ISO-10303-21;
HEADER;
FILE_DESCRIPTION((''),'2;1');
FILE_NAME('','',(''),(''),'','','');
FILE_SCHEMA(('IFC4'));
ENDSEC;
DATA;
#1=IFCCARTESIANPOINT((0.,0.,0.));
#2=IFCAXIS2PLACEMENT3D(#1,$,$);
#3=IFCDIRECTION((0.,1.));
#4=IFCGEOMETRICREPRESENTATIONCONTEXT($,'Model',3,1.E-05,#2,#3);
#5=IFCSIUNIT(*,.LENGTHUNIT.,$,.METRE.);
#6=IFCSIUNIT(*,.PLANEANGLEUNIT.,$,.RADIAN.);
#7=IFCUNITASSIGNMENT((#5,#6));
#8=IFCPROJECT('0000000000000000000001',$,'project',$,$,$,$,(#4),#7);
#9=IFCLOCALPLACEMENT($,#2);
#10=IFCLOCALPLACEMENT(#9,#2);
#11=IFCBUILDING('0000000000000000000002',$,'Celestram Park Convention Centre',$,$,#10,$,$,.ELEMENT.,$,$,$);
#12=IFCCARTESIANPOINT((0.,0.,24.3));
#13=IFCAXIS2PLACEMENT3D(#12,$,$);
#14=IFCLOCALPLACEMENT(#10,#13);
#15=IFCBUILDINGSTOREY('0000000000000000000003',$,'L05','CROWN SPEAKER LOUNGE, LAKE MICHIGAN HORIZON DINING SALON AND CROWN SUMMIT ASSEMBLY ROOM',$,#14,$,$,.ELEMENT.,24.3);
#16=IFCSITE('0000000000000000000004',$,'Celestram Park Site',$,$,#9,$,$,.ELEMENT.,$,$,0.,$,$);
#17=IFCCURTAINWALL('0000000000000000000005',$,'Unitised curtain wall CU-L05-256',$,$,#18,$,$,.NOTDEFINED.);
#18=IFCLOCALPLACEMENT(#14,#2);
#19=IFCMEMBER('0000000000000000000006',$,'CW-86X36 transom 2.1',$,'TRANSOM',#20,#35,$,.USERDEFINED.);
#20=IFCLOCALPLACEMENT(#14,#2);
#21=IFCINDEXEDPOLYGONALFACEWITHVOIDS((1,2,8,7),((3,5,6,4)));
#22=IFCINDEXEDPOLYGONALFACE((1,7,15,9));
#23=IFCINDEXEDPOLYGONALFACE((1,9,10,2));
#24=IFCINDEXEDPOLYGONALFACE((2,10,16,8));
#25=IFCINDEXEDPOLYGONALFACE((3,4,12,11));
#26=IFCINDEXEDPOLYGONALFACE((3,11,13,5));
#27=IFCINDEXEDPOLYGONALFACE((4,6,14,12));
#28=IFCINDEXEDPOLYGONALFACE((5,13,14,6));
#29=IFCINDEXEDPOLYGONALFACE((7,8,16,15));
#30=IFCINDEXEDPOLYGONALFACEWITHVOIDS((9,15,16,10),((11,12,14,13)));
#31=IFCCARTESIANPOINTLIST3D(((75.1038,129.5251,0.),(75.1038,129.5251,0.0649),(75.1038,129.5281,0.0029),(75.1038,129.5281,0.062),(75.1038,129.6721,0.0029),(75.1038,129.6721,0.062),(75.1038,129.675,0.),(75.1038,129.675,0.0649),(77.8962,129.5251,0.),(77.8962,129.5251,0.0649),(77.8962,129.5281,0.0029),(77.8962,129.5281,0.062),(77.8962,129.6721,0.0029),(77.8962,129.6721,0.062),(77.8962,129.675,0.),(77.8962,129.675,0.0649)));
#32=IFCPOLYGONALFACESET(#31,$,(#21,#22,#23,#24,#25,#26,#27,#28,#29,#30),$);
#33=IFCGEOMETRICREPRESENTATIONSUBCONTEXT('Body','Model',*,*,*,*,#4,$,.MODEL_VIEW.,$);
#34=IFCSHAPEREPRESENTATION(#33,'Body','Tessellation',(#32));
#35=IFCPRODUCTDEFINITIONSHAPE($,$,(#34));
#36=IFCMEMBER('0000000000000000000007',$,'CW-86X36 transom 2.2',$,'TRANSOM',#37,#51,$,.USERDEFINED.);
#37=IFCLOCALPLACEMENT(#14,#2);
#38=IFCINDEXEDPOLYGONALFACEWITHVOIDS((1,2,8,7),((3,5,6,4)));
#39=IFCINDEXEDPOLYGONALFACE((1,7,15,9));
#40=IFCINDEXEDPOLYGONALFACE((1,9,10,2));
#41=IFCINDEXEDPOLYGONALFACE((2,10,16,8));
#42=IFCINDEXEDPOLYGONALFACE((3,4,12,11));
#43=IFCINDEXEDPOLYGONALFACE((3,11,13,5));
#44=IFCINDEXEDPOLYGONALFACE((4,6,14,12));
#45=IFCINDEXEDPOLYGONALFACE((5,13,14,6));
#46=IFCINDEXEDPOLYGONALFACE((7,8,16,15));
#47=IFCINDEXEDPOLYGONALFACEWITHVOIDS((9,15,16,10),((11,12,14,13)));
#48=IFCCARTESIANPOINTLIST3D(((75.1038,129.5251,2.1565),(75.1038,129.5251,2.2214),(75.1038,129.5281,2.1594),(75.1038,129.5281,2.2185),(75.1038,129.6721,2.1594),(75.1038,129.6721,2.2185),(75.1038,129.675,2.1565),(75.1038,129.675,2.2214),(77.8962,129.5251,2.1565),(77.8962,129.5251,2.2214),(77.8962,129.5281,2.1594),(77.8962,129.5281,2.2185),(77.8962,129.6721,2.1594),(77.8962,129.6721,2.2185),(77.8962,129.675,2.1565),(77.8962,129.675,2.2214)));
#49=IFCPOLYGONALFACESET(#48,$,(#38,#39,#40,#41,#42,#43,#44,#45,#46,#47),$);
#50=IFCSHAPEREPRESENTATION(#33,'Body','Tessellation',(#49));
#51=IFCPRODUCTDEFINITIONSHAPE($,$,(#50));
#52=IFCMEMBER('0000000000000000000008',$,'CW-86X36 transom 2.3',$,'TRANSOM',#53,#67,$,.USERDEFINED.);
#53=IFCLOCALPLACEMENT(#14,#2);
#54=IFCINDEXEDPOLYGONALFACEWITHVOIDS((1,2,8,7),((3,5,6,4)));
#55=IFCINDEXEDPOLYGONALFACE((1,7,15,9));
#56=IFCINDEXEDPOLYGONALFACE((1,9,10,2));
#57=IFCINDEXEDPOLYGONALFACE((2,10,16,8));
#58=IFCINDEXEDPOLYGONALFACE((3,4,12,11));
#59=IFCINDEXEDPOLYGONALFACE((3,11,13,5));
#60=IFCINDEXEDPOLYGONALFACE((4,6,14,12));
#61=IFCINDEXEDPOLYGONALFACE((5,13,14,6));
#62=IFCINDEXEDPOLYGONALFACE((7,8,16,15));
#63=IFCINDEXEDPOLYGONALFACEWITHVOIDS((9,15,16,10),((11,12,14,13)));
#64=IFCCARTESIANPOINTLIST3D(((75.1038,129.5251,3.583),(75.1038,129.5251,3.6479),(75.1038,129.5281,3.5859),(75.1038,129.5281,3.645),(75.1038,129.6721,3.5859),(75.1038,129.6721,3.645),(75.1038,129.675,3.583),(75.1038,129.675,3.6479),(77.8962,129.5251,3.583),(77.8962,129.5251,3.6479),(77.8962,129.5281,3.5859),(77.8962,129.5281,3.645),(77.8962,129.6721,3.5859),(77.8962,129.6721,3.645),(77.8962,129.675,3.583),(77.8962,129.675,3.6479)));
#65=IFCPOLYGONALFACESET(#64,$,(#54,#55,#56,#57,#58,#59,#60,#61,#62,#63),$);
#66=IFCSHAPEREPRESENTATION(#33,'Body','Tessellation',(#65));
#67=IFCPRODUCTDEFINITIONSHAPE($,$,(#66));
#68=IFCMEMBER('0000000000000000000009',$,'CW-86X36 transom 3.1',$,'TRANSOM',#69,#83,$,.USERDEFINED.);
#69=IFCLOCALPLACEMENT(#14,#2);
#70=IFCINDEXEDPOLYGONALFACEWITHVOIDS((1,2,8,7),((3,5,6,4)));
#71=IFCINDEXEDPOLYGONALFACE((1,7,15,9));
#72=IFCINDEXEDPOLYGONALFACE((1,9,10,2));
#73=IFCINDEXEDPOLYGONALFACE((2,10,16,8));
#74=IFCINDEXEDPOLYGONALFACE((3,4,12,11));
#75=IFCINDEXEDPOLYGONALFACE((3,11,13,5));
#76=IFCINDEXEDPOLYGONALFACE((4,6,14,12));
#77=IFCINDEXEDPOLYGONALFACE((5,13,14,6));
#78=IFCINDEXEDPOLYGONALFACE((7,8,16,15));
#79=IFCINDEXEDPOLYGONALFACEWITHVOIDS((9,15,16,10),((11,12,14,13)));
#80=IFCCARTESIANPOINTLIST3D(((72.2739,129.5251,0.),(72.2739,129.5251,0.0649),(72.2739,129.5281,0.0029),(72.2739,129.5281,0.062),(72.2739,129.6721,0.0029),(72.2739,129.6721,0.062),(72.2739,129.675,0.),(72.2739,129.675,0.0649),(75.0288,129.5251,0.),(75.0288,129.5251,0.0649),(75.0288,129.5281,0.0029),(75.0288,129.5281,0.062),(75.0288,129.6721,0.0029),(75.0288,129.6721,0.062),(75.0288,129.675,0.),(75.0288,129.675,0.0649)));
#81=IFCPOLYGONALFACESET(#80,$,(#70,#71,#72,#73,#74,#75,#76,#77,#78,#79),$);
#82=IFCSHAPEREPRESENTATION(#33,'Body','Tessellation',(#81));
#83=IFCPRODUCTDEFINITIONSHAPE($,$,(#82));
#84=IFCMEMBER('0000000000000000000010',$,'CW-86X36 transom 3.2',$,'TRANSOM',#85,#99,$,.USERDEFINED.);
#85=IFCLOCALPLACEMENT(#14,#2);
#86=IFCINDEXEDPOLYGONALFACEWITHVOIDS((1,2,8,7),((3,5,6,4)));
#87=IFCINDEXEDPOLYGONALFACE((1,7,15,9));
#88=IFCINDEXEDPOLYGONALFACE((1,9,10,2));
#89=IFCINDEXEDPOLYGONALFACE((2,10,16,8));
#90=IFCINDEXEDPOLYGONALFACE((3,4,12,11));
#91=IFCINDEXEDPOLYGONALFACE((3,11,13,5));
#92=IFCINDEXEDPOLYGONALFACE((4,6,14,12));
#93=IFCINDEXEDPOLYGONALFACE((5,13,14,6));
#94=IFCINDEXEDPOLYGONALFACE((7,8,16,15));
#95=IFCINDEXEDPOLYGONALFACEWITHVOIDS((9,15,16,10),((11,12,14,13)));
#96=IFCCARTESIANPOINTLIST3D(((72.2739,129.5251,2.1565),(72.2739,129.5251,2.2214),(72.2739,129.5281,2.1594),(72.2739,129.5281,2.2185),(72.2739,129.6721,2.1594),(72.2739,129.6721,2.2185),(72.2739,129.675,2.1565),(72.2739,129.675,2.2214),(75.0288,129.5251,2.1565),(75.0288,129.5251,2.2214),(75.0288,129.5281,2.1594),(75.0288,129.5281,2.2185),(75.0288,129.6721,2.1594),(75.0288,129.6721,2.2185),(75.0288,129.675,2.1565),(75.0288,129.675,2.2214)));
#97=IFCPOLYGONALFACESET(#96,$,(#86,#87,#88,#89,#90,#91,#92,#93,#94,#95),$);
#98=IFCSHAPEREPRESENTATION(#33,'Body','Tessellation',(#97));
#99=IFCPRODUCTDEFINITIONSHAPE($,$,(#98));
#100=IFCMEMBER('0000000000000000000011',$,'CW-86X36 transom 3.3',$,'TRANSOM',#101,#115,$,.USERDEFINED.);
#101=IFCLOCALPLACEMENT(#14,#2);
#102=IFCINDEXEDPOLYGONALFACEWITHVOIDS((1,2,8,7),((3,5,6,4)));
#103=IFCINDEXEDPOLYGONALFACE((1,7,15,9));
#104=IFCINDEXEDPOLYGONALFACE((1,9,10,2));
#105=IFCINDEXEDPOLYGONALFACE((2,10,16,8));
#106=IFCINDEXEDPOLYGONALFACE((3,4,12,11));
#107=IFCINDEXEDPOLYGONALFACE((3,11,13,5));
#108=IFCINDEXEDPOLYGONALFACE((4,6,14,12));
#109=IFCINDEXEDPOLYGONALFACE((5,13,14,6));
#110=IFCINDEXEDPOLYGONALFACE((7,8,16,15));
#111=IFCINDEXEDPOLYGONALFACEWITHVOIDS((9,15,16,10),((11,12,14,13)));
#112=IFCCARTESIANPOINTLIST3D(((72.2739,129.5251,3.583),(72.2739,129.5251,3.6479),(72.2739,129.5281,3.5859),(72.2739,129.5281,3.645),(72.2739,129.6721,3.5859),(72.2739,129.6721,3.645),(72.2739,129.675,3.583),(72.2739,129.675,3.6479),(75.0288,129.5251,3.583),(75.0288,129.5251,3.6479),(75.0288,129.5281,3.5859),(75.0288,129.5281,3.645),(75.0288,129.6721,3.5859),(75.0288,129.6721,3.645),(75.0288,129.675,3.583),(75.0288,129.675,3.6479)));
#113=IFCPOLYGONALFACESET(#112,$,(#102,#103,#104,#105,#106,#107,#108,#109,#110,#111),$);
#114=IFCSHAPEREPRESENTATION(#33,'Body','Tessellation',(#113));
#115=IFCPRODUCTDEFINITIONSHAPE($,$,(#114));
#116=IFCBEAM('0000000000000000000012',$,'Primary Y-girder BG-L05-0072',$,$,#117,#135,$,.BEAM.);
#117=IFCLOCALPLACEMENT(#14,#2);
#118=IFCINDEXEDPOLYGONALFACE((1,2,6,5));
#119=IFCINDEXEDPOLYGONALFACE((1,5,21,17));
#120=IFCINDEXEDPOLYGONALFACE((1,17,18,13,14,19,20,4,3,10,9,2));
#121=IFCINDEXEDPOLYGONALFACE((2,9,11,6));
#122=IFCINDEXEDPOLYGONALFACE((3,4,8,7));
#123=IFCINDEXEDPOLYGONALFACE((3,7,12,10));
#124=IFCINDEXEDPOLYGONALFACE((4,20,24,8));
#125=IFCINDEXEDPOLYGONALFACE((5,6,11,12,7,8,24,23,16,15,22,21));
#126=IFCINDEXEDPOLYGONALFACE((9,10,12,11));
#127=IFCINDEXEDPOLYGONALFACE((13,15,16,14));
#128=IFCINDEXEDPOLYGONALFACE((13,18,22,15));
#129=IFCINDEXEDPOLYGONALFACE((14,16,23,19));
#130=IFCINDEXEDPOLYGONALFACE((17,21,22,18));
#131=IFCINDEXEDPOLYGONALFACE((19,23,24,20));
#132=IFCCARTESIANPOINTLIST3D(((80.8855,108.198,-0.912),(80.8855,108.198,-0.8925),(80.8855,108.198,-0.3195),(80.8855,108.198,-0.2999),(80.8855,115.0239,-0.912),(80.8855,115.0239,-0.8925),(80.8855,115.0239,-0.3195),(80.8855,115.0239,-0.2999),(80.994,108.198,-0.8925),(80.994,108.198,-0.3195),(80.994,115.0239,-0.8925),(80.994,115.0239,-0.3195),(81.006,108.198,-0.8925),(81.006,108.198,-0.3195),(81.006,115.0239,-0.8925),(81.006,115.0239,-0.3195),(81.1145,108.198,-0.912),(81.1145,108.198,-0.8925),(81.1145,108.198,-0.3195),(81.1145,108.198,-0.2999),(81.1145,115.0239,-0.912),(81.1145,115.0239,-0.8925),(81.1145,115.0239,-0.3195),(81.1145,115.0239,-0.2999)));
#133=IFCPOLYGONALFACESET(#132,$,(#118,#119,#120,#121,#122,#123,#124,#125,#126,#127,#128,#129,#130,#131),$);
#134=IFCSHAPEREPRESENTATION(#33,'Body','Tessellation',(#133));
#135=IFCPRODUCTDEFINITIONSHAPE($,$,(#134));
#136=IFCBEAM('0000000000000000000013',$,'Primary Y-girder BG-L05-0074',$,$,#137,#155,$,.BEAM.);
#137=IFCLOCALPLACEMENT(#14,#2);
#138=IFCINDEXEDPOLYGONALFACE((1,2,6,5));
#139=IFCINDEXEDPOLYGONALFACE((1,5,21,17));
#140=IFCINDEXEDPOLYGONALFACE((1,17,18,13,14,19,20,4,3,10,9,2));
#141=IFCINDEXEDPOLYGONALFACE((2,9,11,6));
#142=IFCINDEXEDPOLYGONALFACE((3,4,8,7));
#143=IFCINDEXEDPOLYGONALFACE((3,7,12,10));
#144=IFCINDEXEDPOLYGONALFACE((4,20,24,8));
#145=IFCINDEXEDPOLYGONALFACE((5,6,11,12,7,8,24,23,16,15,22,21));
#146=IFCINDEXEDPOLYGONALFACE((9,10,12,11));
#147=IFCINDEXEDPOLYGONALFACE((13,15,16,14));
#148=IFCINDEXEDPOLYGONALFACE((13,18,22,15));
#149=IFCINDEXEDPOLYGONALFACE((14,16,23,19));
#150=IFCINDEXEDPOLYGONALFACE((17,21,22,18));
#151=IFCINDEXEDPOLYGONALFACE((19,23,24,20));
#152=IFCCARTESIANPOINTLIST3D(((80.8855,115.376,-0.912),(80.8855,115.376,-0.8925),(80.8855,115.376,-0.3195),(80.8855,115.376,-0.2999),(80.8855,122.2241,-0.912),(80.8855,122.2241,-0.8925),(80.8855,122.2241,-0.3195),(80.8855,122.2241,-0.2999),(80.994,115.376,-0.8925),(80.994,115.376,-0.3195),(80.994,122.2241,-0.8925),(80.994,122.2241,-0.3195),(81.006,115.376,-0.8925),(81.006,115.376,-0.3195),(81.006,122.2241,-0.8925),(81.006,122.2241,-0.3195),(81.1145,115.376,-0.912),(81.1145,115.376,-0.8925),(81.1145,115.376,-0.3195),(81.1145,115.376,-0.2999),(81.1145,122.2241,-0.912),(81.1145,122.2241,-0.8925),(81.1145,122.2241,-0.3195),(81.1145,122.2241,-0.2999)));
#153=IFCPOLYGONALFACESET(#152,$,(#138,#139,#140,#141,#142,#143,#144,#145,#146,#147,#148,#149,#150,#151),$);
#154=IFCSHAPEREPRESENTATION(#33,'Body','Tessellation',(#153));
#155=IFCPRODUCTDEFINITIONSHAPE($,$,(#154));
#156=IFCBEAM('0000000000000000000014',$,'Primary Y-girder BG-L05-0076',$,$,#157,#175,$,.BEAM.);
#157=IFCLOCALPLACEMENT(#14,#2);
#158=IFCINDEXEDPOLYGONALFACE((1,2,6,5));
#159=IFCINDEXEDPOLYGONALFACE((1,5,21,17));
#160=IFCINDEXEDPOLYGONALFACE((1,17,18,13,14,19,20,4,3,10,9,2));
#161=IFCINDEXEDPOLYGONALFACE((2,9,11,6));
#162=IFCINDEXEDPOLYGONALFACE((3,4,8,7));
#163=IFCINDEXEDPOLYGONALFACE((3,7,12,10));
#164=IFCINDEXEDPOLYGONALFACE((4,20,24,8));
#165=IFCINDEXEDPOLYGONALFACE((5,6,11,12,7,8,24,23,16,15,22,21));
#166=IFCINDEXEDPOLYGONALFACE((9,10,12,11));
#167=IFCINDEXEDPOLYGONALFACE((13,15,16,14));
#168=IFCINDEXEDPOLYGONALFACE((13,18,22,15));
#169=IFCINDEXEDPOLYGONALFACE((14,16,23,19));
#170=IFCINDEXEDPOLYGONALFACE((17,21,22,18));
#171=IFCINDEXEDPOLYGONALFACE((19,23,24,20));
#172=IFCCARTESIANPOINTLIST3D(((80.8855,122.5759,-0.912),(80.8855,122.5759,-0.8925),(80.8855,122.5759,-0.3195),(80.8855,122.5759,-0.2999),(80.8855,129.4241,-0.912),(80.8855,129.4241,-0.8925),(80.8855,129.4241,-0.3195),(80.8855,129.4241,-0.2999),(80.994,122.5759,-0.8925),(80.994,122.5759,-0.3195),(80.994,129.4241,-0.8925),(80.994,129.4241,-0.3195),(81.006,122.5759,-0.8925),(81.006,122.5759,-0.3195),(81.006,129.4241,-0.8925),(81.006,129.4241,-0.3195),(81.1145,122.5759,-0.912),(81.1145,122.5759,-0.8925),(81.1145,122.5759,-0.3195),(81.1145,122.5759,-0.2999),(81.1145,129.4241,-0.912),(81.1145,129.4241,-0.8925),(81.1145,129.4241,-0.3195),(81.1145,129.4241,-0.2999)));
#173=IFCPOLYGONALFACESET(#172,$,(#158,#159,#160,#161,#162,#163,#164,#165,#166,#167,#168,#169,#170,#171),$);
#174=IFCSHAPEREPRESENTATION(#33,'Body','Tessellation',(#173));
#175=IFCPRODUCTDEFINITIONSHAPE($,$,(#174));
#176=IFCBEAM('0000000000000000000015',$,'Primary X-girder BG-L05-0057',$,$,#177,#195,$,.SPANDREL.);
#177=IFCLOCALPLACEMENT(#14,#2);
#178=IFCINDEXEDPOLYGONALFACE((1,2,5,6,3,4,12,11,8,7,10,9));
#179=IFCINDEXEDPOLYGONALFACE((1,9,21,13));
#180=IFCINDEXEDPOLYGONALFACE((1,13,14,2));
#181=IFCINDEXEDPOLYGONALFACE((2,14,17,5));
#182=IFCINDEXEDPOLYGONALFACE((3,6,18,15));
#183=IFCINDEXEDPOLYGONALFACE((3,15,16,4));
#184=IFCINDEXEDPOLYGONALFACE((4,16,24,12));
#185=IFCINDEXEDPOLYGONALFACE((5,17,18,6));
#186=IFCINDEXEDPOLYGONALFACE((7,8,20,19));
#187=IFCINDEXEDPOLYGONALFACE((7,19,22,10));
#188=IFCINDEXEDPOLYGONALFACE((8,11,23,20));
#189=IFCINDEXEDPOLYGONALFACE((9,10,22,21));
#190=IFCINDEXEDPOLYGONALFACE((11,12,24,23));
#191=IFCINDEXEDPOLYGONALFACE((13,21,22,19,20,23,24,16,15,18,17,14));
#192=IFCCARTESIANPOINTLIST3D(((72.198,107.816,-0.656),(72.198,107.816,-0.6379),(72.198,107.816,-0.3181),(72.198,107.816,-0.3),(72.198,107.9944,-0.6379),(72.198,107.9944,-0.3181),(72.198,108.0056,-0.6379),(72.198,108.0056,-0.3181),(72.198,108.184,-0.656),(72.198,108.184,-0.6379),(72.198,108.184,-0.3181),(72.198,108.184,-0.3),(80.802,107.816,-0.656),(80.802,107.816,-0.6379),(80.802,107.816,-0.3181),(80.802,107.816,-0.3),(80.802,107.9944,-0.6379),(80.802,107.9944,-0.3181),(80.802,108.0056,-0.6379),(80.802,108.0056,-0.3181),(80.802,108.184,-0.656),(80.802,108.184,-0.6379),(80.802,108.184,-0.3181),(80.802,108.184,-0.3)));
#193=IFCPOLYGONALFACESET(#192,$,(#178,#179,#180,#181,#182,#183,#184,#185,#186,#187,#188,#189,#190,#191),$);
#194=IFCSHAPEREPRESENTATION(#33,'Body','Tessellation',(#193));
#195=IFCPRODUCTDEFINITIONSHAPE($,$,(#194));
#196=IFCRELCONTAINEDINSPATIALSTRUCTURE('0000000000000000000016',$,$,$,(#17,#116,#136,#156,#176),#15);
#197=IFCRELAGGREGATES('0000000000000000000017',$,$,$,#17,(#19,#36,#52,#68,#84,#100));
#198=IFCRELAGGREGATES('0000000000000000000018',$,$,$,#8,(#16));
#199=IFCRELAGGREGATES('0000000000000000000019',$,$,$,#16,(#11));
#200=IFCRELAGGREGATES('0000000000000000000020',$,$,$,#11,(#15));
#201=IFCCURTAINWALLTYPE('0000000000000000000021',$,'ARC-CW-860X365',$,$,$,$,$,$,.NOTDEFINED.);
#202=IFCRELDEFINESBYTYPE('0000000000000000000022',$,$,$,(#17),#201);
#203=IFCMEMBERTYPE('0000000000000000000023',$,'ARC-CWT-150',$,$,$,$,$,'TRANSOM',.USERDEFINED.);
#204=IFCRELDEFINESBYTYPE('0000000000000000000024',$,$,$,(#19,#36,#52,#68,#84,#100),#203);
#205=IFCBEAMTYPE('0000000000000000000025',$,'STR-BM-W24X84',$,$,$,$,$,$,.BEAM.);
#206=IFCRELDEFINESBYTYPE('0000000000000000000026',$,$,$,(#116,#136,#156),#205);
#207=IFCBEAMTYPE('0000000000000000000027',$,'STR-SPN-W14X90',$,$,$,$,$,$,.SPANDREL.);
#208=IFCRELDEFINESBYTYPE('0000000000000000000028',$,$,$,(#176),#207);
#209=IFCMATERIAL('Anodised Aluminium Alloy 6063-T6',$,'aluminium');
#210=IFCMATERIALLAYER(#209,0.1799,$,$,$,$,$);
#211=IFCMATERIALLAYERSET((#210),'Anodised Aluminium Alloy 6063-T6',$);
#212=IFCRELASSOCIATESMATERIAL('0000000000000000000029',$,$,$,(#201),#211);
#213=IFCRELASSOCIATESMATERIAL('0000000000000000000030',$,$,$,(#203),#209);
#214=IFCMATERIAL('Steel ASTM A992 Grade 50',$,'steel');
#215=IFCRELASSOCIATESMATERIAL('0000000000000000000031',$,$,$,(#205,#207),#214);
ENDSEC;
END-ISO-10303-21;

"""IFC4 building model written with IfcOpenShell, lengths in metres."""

from ifc_helpers import new_model, si_unit, direction, frame, origin, origin_2d, place, context, subcontext, project, spatial, hollow_rectangle, i_section, extrude, material, layer, layer_set, material_profile, profile_set, type_object, element, aggregate, save


model = new_model("IFC4")

# Units and contexts
model_context = context("Model", 3, precision=1e-05, world=origin(), true_north=direction((0.0, 1.0)))
body_context = subcontext(model_context, "Body", "Model", "MODEL_VIEW")
ifc_project = project(units=[si_unit("LENGTHUNIT", "METRE"), si_unit("PLANEANGLEUNIT", "RADIAN")], contexts=[model_context])

# Site, building, storey
site_placement = place(None, origin())
site = spatial("IfcSite", under=ifc_project, at=site_placement, Name="Celestram Park Site", CompositionType="ELEMENT", RefElevation=0.0)
building_placement = place(site_placement, origin())
building = spatial("IfcBuilding", under=site, at=building_placement, Name="Celestram Park Convention Centre", CompositionType="ELEMENT")
storey_placement = place(building_placement, frame((0.0, 0.0, 24.3)))
storey = spatial("IfcBuildingStorey", under=building, at=storey_placement, Name="L05", Description="CROWN SPEAKER LOUNGE, LAKE MICHIGAN HORIZON DINING SALON AND CROWN SUMMIT ASSEMBLY ROOM", CompositionType="ELEMENT", Elevation=24.3)

# Curtain wall, members
ifc_material_1 = material(Name="Anodised Aluminium Alloy 6063-T6", Category="aluminium")
ifc_layer_1 = layer(ifc_material_1, 0.1799)
ifc_layer_set_1 = layer_set([ifc_layer_1], Name="Anodised Aluminium Alloy 6063-T6")
curtain_wall_type = type_object("IfcCurtainWallType", Name="ARC-CW-860X365", PredefinedType="NOTDEFINED", material=ifc_layer_set_1)
curtain_wall_placement = place(storey_placement, origin())
curtain_wall = element("IfcCurtainWall", 1, at=curtain_wall_placement, inside=storey, type_object=curtain_wall_type, Name="Unitised curtain wall CU-L05-256", PredefinedType="NOTDEFINED")
ifc_material_profile_1 = material_profile(ifc_material_1, hollow_rectangle(XDim=0.1499, YDim=0.0649, WallThickness=0.0029, at=origin_2d()), Name="ALU150X65X3")
ifc_profile_set_1 = profile_set([ifc_material_profile_1], Name="Anodised Aluminium Alloy 6063-T6")
member_type_1 = type_object("IfcMemberType", Name="ARC-CWT-150", ElementType="TRANSOM", PredefinedType="USERDEFINED", material=ifc_profile_set_1)
member_1_placement = place(storey_placement, frame((77.8962, 129.6001, 0.0325), z_axis=(-1.0, 0.0, 0.0), x_axis=(0.0, -1.0, 0.0)))
member_1 = element("IfcMember", 2, at=member_1_placement, type_object=member_type_1, Name="CW-86X36 transom 2.1", ObjectType="TRANSOM", PredefinedType="USERDEFINED", context=body_context, shape_type="SweptSolid", body=[
    extrude(hollow_rectangle(XDim=0.1499, YDim=0.0649, WallThickness=0.0029, at=origin_2d()), origin(), (0.0, 0.0, 1.0), 2.7925),
])
member_2_placement = place(storey_placement, frame((77.8962, 129.6001, 2.189), z_axis=(-1.0, 0.0, 0.0), x_axis=(0.0, -1.0, 0.0)))
member_2 = element("IfcMember", 3, at=member_2_placement, type_object=member_type_1, Name="CW-86X36 transom 2.2", ObjectType="TRANSOM", PredefinedType="USERDEFINED", context=body_context, shape_type="SweptSolid", body=[
    extrude(hollow_rectangle(XDim=0.1499, YDim=0.0649, WallThickness=0.0029, at=origin_2d()), origin(), (0.0, 0.0, 1.0), 2.7925),
])
member_3_placement = place(storey_placement, frame((77.8962, 129.6001, 3.6155), z_axis=(-1.0, 0.0, 0.0), x_axis=(0.0, -1.0, 0.0)))
member_3 = element("IfcMember", 4, at=member_3_placement, type_object=member_type_1, Name="CW-86X36 transom 2.3", ObjectType="TRANSOM", PredefinedType="USERDEFINED", context=body_context, shape_type="SweptSolid", body=[
    extrude(hollow_rectangle(XDim=0.1499, YDim=0.0649, WallThickness=0.0029, at=origin_2d()), origin(), (0.0, 0.0, 1.0), 2.7925),
])
member_4_placement = place(storey_placement, frame((75.0288, 129.6001, 0.0325), z_axis=(-1.0, 0.0, 0.0), x_axis=(0.0, -1.0, 0.0)))
member_4 = element("IfcMember", 5, at=member_4_placement, type_object=member_type_1, Name="CW-86X36 transom 3.1", ObjectType="TRANSOM", PredefinedType="USERDEFINED", context=body_context, shape_type="SweptSolid", body=[
    extrude(hollow_rectangle(XDim=0.1499, YDim=0.0649, WallThickness=0.0029, at=origin_2d()), origin(), (0.0, 0.0, 1.0), 2.7549),
])
member_5_placement = place(storey_placement, frame((75.0288, 129.6001, 2.189), z_axis=(-1.0, 0.0, 0.0), x_axis=(0.0, -1.0, 0.0)))
member_5 = element("IfcMember", 6, at=member_5_placement, type_object=member_type_1, Name="CW-86X36 transom 3.2", ObjectType="TRANSOM", PredefinedType="USERDEFINED", context=body_context, shape_type="SweptSolid", body=[
    extrude(hollow_rectangle(XDim=0.1499, YDim=0.0649, WallThickness=0.0029, at=origin_2d()), origin(), (0.0, 0.0, 1.0), 2.7549),
])
member_6_placement = place(storey_placement, frame((75.0288, 129.6001, 3.6155), z_axis=(-1.0, 0.0, 0.0), x_axis=(0.0, -1.0, 0.0)))
member_6 = element("IfcMember", 7, at=member_6_placement, type_object=member_type_1, Name="CW-86X36 transom 3.3", ObjectType="TRANSOM", PredefinedType="USERDEFINED", context=body_context, shape_type="SweptSolid", body=[
    extrude(hollow_rectangle(XDim=0.1499, YDim=0.0649, WallThickness=0.0029, at=origin_2d()), origin(), (0.0, 0.0, 1.0), 2.7549),
])

# Beams
ifc_material_2 = material(Name="Steel ASTM A992 Grade 50", Category="steel")
ifc_material_profile_2 = material_profile(ifc_material_2, i_section(OverallWidth=0.229, OverallDepth=0.6121, WebThickness=0.012, FlangeThickness=0.0195, at=origin_2d()), Name="W24X84")
ifc_profile_set_2 = profile_set([ifc_material_profile_2], Name="Steel ASTM A992 Grade 50")
beam_type_1 = type_object("IfcBeamType", Name="STR-BM-W24X84", PredefinedType="BEAM", material=ifc_profile_set_2)
beam_1_placement = place(storey_placement, frame((81.0, 108.198, -0.606), z_axis=(0.0, 1.0, 0.0), x_axis=(-1.0, 0.0, 0.0)))
element("IfcBeam", 8, at=beam_1_placement, inside=storey, type_object=beam_type_1, Name="Primary Y-girder BG-L05-0072", PredefinedType="BEAM", context=body_context, shape_type="SweptSolid", body=[
    extrude(i_section(OverallWidth=0.229, OverallDepth=0.6121, WebThickness=0.012, FlangeThickness=0.0195, at=origin_2d()), origin(), (0.0, 0.0, 1.0), 6.8259),
])
for number, where, z_axis, x_axis, name in (
    (9, (81.0, 115.376, -0.606), (0.0, 1.0, 0.0), (-1.0, 0.0, 0.0), "Primary Y-girder BG-L05-0074"),
    (10, (81.0, 122.5759, -0.606), (0.0, 1.0, 0.0), (-1.0, 0.0, 0.0), "Primary Y-girder BG-L05-0076"),
):
    element("IfcBeam", number, at=place(storey_placement, frame(where, z_axis=z_axis, x_axis=x_axis)), inside=storey, type_object=beam_type_1, Name=name, PredefinedType="BEAM", context=body_context, shape_type="SweptSolid", body=[
        extrude(i_section(OverallWidth=0.229, OverallDepth=0.6121, WebThickness=0.012, FlangeThickness=0.0195, at=origin_2d()), origin(), (0.0, 0.0, 1.0), 6.8481),
    ])
ifc_material_profile_3 = material_profile(ifc_material_2, i_section(OverallWidth=0.3679, OverallDepth=0.356, WebThickness=0.0112, FlangeThickness=0.0181, at=origin_2d()), Name="W14X90")
ifc_profile_set_3 = profile_set([ifc_material_profile_3], Name="Steel ASTM A992 Grade 50")
beam_type_2 = type_object("IfcBeamType", Name="STR-SPN-W14X90", PredefinedType="SPANDREL", material=ifc_profile_set_3)
beam_2_placement = place(storey_placement, frame((72.198, 108.0, -0.478), z_axis=(1.0, 0.0, 0.0), x_axis=(0.0, 1.0, 0.0)))
element("IfcBeam", 11, at=beam_2_placement, inside=storey, type_object=beam_type_2, Name="Primary X-girder BG-L05-0057", PredefinedType="SPANDREL", context=body_context, shape_type="SweptSolid", body=[
    extrude(i_section(OverallWidth=0.3679, OverallDepth=0.356, WebThickness=0.0112, FlangeThickness=0.0181, at=origin_2d()), origin(), (0.0, 0.0, 1.0), 8.604),
])

aggregate(curtain_wall, [member_1, member_2, member_3, member_4, member_5, member_6])

save(model, "model.ifc")
